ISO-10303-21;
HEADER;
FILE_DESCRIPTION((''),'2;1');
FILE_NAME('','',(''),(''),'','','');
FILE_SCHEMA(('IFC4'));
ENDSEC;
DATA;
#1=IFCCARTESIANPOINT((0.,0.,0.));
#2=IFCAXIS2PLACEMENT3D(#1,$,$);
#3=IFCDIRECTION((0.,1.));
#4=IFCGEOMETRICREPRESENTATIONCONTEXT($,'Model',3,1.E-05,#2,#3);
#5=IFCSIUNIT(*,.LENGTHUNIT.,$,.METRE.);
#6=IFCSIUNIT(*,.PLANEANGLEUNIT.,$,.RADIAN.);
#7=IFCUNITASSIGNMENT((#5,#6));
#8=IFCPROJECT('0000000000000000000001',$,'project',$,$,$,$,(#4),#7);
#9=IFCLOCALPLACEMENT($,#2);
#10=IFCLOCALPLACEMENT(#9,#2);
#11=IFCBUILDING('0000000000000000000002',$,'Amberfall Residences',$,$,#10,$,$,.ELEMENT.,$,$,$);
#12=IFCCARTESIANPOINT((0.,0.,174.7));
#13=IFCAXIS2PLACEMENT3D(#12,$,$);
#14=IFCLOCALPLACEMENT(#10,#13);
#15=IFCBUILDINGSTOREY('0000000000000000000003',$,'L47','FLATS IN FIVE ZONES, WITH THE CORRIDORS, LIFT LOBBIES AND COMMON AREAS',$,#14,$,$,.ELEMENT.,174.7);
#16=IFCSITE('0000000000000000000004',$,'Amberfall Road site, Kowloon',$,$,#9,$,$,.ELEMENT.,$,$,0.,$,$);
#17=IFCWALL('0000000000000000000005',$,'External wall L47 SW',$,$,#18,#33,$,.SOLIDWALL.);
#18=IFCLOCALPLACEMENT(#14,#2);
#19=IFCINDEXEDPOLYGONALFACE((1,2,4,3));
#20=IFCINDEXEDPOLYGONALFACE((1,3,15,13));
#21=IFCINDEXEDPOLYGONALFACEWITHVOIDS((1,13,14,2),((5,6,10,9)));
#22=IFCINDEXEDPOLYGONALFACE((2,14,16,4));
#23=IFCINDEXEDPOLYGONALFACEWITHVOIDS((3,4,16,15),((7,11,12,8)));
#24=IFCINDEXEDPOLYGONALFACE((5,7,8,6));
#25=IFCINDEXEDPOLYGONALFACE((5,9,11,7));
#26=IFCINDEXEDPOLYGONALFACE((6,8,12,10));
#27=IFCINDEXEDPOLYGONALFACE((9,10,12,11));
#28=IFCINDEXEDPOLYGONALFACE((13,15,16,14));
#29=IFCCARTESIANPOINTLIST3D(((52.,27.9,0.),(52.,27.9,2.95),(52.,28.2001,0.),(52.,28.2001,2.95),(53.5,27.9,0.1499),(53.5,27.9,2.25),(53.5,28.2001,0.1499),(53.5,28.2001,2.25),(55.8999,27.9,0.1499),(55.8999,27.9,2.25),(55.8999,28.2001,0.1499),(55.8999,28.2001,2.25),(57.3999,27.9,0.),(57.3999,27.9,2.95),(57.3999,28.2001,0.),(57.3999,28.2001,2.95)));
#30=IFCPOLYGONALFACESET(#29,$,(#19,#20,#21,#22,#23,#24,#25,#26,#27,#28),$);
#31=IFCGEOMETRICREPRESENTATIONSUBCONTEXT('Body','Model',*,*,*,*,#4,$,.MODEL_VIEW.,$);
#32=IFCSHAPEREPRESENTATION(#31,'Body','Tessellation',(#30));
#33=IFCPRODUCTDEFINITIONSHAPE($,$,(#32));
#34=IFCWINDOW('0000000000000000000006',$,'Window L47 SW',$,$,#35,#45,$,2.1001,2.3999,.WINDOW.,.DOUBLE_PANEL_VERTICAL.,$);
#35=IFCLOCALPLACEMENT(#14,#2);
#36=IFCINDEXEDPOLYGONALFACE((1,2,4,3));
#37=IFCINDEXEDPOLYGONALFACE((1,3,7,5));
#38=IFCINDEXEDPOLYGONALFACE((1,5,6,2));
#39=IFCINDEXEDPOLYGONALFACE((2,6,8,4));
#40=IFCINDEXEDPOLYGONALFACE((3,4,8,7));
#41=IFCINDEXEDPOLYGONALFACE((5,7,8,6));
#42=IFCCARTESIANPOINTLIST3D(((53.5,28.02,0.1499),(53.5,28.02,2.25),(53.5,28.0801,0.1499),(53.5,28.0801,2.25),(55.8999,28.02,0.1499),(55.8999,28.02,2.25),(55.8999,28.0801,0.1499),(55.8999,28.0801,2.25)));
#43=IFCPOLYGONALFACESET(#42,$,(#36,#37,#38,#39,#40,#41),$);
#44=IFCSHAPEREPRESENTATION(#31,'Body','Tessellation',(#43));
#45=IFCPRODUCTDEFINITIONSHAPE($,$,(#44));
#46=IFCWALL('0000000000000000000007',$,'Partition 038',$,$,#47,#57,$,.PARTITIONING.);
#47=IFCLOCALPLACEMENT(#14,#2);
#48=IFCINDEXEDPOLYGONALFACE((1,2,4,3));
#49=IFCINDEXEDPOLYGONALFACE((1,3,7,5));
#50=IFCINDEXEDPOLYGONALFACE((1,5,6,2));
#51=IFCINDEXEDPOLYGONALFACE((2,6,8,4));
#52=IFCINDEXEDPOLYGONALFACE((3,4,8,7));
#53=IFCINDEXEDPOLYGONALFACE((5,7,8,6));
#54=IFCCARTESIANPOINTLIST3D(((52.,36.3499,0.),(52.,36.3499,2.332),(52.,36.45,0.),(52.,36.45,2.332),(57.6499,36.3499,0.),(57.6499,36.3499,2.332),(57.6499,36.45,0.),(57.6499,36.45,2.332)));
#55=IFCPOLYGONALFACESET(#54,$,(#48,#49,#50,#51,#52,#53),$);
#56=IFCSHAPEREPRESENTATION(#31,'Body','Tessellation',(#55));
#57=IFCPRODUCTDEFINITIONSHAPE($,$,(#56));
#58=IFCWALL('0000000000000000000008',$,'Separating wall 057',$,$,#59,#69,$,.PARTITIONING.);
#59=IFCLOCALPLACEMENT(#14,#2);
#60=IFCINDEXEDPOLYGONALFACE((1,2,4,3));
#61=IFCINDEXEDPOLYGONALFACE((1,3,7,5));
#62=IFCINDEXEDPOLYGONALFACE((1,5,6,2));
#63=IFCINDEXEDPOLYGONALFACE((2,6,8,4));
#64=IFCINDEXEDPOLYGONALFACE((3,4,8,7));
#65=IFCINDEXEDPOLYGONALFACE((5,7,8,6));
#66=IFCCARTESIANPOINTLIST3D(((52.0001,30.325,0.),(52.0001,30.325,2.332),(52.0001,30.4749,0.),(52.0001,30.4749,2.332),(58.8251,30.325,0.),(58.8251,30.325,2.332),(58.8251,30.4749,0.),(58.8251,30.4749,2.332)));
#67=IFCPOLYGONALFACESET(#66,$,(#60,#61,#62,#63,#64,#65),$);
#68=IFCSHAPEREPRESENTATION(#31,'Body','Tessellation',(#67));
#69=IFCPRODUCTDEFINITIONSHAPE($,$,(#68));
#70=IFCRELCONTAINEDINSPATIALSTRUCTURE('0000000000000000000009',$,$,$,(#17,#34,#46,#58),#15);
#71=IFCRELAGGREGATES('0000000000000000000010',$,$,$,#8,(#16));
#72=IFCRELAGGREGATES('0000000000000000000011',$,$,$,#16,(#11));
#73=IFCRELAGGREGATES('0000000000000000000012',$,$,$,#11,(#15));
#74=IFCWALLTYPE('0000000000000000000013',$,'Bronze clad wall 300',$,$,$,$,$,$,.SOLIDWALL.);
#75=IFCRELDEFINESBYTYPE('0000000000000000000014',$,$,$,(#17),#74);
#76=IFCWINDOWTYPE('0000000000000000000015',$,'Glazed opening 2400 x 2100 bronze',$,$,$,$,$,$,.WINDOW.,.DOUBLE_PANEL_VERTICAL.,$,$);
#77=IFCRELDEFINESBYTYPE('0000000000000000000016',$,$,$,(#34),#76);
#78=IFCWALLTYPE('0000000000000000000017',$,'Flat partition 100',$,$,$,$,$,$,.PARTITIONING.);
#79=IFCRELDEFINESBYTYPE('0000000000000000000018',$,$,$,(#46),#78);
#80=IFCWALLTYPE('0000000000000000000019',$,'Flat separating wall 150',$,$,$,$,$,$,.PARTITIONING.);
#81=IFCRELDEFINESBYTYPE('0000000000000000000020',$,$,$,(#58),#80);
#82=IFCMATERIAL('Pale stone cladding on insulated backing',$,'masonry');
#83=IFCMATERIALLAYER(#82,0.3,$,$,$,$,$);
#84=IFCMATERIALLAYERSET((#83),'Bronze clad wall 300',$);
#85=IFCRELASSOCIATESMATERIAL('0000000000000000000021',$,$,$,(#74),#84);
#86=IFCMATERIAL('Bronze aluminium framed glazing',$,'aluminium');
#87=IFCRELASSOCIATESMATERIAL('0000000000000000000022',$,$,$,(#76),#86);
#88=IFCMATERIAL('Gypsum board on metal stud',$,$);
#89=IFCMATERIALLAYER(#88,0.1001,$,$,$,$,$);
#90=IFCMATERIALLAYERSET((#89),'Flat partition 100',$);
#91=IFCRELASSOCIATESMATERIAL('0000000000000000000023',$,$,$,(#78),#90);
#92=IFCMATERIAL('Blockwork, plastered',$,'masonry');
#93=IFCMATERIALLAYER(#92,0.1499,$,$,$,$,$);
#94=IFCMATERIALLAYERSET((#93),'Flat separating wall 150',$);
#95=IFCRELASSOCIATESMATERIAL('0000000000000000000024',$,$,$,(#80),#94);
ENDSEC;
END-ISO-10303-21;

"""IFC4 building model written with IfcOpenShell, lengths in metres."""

from ifc_helpers import new_model, si_unit, direction, frame, frame_2d, origin, place, context, subcontext, project, spatial, rectangle, extrude, material, layer, layer_set, type_object, element, fill, save


model = new_model("IFC4")

# Units and contexts
model_context = context("Model", 3, precision=1e-05, world=origin(), true_north=direction((0.0, 1.0)))
body_context = subcontext(model_context, "Body", "Model", "MODEL_VIEW")
ifc_project = project(units=[si_unit("LENGTHUNIT", "METRE"), si_unit("PLANEANGLEUNIT", "RADIAN")], contexts=[model_context])

# Site, building, storey
site_placement = place(None, origin())
site = spatial("IfcSite", under=ifc_project, at=site_placement, Name="Amberfall Road site, Kowloon", CompositionType="ELEMENT", RefElevation=0.0)
building_placement = place(site_placement, origin())
building = spatial("IfcBuilding", under=site, at=building_placement, Name="Amberfall Residences", CompositionType="ELEMENT")
storey_placement = place(building_placement, frame((0.0, 0.0, 174.7)))
storey = spatial("IfcBuildingStorey", under=building, at=storey_placement, Name="L47", Description="FLATS IN FIVE ZONES, WITH THE CORRIDORS, LIFT LOBBIES AND COMMON AREAS", CompositionType="ELEMENT", Elevation=174.7)

# Wall, opening, window
ifc_material_1 = material(Name="Pale stone cladding on insulated backing", Category="masonry")
ifc_layer_1 = layer(ifc_material_1, 0.3)
ifc_layer_set_1 = layer_set([ifc_layer_1], Name="Bronze clad wall 300")
wall_type_1 = type_object("IfcWallType", Name="Bronze clad wall 300", PredefinedType="SOLIDWALL", material=ifc_layer_set_1)
wall_1_placement = place(storey_placement, frame((52.0, 28.05, 0.0), z_axis=(0.0, 0.0, 1.0), x_axis=(1.0, 0.0, 0.0)))
wall_1 = element("IfcWall", 1, at=wall_1_placement, inside=storey, type_object=wall_type_1, Name="External wall L47 SW", PredefinedType="SOLIDWALL", context=body_context, shape_type="SweptSolid", body=[
    extrude(rectangle(XDim=5.3999, YDim=0.3, at=frame_2d((2.7, 0.0))), origin(), (0.0, 0.0, 1.0), 2.95),
])
opening_placement = place(wall_1_placement, frame((1.5, 0.0, 0.1499)))
opening = element("IfcOpeningElement", 2, at=opening_placement, cuts=wall_1, PredefinedType="OPENING", context=body_context, shape_type="SweptSolid", body=[
    extrude(rectangle(XDim=2.3999, YDim=2.1001, at=frame_2d((1.2, 1.05))), frame((0.0, 0.1599, 0.0), z_axis=(0.0, -1.0, 0.0), x_axis=(1.0, 0.0, 0.0)), (0.0, 0.0, 1.0), 0.3201),
])
ifc_material_2 = material(Name="Bronze aluminium framed glazing", Category="aluminium")
window_type = type_object("IfcWindowType", Name="Glazed opening 2400 x 2100 bronze", PartitioningType="DOUBLE_PANEL_VERTICAL", PredefinedType="WINDOW", material=ifc_material_2)
window_placement = place(opening_placement, origin())
window = element("IfcWindow", 3, at=window_placement, inside=storey, type_object=window_type, Name="Window L47 SW", OverallHeight=2.1001, OverallWidth=2.3999, PartitioningType="DOUBLE_PANEL_VERTICAL", PredefinedType="WINDOW", context=body_context, shape_type="SweptSolid", body=[
    extrude(rectangle(XDim=2.3999, YDim=2.1001, at=frame_2d((1.2, 1.05))), frame((0.0, 0.03, 0.0), z_axis=(0.0, -1.0, 0.0), x_axis=(1.0, 0.0, 0.0)), (0.0, 0.0, 1.0), 0.0601),
])
fill(opening, window)

# Walls
ifc_material_3 = material(Name="Gypsum board on metal stud")
ifc_layer_2 = layer(ifc_material_3, 0.1001)
ifc_layer_set_2 = layer_set([ifc_layer_2], Name="Flat partition 100")
wall_type_2 = type_object("IfcWallType", Name="Flat partition 100", PredefinedType="PARTITIONING", material=ifc_layer_set_2)
wall_2_placement = place(storey_placement, frame((52.0, 36.3999, 0.0), z_axis=(0.0, 0.0, 1.0), x_axis=(1.0, 0.0, 0.0)))
element("IfcWall", 4, at=wall_2_placement, inside=storey, type_object=wall_type_2, Name="Partition 038", PredefinedType="PARTITIONING", context=body_context, shape_type="SweptSolid", body=[
    extrude(rectangle(XDim=5.6499, YDim=0.1001, at=frame_2d((2.825, 0.0))), origin(), (0.0, 0.0, 1.0), 2.332),
])
ifc_material_4 = material(Name="Blockwork, plastered", Category="masonry")
ifc_layer_3 = layer(ifc_material_4, 0.1499)
ifc_layer_set_3 = layer_set([ifc_layer_3], Name="Flat separating wall 150")
wall_type_3 = type_object("IfcWallType", Name="Flat separating wall 150", PredefinedType="PARTITIONING", material=ifc_layer_set_3)
wall_3_placement = place(storey_placement, frame((52.0, 30.3999, 0.0), z_axis=(0.0, 0.0, 1.0), x_axis=(1.0, 0.0, 0.0)))
element("IfcWall", 5, at=wall_3_placement, inside=storey, type_object=wall_type_3, Name="Separating wall 057", PredefinedType="PARTITIONING", context=body_context, shape_type="SweptSolid", body=[
    extrude(rectangle(XDim=6.825, YDim=0.1499, at=frame_2d((3.4126, 0.0))), origin(), (0.0, 0.0, 1.0), 2.332),
])

save(model, "model.ifc")
